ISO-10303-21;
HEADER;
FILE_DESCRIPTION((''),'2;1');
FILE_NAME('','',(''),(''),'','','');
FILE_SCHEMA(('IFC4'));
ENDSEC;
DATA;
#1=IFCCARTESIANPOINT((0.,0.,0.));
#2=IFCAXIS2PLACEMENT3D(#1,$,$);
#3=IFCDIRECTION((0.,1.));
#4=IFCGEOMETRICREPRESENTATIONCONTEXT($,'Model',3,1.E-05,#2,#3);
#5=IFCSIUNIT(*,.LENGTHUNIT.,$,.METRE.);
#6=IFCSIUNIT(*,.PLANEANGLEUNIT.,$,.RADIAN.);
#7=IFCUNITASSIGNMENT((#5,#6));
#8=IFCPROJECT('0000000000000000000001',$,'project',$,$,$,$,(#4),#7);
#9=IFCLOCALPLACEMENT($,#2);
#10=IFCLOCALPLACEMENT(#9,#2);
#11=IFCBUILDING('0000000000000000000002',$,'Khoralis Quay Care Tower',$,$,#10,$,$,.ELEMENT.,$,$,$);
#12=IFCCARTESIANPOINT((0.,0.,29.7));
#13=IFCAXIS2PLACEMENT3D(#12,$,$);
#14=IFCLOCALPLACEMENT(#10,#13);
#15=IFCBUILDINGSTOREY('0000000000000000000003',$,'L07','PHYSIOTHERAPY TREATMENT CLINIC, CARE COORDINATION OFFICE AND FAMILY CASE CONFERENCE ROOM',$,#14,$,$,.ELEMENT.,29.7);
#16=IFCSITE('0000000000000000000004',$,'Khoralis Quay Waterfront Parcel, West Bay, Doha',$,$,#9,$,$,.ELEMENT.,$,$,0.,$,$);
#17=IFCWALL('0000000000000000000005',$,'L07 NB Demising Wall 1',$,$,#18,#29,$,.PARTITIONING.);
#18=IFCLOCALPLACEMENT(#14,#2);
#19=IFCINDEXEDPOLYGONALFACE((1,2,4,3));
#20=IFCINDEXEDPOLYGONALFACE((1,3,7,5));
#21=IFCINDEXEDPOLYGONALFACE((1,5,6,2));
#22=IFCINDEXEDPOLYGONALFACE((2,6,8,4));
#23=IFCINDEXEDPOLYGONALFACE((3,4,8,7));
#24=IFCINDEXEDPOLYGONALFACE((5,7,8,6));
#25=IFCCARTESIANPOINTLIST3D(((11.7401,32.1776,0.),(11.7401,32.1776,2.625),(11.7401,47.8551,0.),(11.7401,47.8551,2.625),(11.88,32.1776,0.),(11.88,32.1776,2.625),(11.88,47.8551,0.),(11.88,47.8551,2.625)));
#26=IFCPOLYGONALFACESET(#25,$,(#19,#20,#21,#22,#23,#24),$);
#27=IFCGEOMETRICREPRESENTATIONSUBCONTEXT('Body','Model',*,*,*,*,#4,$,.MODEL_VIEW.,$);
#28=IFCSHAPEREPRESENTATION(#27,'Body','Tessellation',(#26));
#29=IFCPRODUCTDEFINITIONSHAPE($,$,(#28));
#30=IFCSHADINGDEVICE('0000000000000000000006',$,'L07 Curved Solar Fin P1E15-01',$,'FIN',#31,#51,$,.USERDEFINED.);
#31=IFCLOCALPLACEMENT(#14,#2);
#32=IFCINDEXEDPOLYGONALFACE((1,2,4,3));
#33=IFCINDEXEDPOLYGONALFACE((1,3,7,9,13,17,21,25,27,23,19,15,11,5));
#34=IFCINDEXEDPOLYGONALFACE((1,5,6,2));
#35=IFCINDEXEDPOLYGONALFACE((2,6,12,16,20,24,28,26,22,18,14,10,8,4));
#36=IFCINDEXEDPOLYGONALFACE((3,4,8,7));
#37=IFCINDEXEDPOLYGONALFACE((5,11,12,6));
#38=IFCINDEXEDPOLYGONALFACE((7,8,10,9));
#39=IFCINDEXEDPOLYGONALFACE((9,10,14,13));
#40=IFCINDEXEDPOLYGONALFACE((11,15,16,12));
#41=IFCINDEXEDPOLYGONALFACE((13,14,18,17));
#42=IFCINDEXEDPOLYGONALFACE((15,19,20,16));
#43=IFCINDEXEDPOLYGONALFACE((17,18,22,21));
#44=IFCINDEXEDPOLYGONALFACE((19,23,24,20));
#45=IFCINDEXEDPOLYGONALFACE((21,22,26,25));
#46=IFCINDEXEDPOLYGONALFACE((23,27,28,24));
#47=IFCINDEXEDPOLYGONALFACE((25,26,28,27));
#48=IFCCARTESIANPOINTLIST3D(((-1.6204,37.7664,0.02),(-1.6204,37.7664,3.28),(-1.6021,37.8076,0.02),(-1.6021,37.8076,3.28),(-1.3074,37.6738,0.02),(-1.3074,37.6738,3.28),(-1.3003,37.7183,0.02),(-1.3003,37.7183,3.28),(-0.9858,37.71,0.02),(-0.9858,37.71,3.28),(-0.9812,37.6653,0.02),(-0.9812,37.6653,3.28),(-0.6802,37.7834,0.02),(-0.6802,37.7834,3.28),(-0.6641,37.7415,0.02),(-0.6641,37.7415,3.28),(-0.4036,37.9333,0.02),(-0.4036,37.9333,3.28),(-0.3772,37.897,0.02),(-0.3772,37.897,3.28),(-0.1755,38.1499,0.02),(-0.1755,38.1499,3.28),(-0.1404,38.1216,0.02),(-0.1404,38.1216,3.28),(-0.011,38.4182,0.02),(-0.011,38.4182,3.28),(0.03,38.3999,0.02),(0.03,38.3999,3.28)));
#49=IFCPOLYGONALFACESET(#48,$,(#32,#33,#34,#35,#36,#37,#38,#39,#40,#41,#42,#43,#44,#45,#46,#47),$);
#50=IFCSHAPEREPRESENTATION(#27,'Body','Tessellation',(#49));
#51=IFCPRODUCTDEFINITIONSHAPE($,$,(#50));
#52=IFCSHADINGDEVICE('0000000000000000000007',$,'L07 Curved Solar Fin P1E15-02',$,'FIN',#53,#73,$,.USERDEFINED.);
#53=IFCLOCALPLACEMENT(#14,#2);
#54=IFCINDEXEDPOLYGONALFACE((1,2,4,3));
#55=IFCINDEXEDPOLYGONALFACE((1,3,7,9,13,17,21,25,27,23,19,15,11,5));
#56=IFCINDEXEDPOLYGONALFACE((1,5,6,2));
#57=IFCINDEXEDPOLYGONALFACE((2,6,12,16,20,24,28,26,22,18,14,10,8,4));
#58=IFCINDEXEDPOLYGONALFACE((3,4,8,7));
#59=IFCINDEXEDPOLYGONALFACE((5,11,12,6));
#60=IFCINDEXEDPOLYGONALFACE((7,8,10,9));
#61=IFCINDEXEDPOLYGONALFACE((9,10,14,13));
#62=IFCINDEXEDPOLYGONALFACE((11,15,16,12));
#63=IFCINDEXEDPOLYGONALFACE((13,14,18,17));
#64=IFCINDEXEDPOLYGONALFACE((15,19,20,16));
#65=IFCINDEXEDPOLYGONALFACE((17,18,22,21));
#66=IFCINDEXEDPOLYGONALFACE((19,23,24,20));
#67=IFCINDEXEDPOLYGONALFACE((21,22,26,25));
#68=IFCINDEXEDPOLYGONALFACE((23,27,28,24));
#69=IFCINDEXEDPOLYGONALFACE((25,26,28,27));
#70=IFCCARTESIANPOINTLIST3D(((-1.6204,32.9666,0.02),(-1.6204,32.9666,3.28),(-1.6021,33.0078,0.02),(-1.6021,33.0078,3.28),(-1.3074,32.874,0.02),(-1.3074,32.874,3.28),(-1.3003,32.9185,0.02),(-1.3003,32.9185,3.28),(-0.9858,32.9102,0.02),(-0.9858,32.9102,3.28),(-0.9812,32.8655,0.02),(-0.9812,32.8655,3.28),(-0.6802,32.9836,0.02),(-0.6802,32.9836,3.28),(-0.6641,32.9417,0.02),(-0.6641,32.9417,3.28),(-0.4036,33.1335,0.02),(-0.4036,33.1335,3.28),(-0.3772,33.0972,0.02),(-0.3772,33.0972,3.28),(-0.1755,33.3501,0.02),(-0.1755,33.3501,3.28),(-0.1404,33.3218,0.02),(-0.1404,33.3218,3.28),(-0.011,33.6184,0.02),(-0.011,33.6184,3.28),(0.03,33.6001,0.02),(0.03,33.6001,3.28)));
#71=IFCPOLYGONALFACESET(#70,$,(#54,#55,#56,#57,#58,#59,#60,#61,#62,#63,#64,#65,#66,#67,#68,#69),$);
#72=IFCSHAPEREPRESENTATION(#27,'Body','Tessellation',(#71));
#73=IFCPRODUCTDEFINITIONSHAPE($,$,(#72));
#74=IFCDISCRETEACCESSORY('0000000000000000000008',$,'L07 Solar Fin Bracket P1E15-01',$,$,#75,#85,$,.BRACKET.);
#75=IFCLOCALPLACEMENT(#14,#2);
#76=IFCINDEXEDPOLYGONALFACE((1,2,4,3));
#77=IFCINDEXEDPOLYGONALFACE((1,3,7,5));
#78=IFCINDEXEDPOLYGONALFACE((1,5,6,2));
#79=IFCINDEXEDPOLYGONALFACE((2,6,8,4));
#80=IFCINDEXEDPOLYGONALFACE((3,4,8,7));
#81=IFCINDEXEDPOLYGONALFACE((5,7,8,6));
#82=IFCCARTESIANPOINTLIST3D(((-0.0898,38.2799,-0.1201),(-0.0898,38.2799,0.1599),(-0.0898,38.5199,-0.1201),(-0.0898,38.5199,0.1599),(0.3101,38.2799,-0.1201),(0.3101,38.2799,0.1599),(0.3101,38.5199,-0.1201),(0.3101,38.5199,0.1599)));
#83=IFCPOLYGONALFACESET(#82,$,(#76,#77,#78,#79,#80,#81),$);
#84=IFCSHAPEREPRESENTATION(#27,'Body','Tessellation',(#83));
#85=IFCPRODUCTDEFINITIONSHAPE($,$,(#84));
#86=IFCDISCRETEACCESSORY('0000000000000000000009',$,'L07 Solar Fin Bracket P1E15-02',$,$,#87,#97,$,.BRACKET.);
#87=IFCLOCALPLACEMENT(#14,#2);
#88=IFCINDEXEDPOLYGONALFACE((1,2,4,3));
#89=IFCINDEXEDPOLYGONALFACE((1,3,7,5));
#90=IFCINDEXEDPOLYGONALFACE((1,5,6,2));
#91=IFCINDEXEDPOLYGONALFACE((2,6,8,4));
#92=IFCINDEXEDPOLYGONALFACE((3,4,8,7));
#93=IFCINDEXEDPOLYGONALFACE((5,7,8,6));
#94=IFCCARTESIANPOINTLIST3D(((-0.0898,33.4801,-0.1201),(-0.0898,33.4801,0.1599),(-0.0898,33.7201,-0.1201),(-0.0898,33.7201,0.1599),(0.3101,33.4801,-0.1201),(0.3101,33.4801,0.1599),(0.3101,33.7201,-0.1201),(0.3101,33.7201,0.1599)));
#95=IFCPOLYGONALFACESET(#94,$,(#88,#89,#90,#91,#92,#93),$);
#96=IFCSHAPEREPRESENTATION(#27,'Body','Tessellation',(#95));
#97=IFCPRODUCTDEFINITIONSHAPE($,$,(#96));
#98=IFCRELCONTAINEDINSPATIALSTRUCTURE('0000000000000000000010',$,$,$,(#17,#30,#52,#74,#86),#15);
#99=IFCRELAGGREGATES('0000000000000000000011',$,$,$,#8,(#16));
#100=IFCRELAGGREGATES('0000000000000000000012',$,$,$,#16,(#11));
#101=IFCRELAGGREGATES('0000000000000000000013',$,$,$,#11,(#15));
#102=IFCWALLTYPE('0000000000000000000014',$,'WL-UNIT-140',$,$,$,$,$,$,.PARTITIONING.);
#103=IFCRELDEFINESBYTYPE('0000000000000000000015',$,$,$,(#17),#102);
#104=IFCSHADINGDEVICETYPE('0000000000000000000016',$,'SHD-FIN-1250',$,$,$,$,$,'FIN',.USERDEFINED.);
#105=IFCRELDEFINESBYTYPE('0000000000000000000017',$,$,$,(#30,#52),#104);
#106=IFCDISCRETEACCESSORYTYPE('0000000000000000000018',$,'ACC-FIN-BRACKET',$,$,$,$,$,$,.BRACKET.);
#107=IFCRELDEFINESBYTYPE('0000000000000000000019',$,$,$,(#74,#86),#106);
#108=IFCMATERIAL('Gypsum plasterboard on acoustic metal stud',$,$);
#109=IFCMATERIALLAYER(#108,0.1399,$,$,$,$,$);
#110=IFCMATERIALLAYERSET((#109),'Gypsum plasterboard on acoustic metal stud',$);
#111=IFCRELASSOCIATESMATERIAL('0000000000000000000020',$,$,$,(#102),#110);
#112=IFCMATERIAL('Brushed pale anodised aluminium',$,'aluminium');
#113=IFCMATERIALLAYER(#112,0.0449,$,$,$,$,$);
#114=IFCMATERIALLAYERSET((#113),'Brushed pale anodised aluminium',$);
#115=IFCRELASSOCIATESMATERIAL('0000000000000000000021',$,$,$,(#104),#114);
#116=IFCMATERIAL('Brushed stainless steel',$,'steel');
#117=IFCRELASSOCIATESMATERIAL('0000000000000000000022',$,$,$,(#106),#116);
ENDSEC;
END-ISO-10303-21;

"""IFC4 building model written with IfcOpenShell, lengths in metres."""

from ifc_helpers import new_model, si_unit, direction, frame, frame_2d, origin, origin_2d, place, context, subcontext, project, spatial, polyline, rectangle, outline, extrude, source, transform, mapped, material, layer, layer_set, type_object, element, save


model = new_model("IFC4")

# Units and contexts
model_context = context("Model", 3, precision=1e-05, world=origin(), true_north=direction((0.0, 1.0)))
body_context = subcontext(model_context, "Body", "Model", "MODEL_VIEW")
ifc_project = project(units=[si_unit("LENGTHUNIT", "METRE"), si_unit("PLANEANGLEUNIT", "RADIAN")], contexts=[model_context])

# Site, building, storey
site_placement = place(None, origin())
site = spatial("IfcSite", under=ifc_project, at=site_placement, Name="Khoralis Quay Waterfront Parcel, West Bay, Doha", CompositionType="ELEMENT", RefElevation=0.0)
building_placement = place(site_placement, origin())
building = spatial("IfcBuilding", under=site, at=building_placement, Name="Khoralis Quay Care Tower", CompositionType="ELEMENT")
storey_placement = place(building_placement, frame((0.0, 0.0, 29.7)))
storey = spatial("IfcBuildingStorey", under=building, at=storey_placement, Name="L07", Description="PHYSIOTHERAPY TREATMENT CLINIC, CARE COORDINATION OFFICE AND FAMILY CASE CONFERENCE ROOM", CompositionType="ELEMENT", Elevation=29.7)

# Shared definitions
ifc_material_1 = material(Name="Gypsum plasterboard on acoustic metal stud")

# Wall
ifc_layer_1 = layer(ifc_material_1, 0.1399)
ifc_layer_set_1 = layer_set([ifc_layer_1], Name="Gypsum plasterboard on acoustic metal stud")
wall_type_1 = type_object("IfcWallType", Name="WL-UNIT-140", PredefinedType="PARTITIONING", material=ifc_layer_set_1)
wall_1_placement = place(storey_placement, frame((11.8101, 32.1775, 0.0), z_axis=(0.0, 0.0, 1.0), x_axis=(0.0, 1.0, 0.0)))
element("IfcWall", 1, at=wall_1_placement, inside=storey, type_object=wall_type_1, Name="L07 NB Demising Wall 1", PredefinedType="PARTITIONING", context=body_context, shape_type="SweptSolid", body=[
    extrude(rectangle(XDim=15.6775, YDim=0.1399, at=frame_2d((7.8389, 0.0))), origin(), (0.0, 0.0, 1.0), 2.625),
])

# Shading devices
ifc_material_2 = material(Name="Brushed pale anodised aluminium", Category="aluminium")
ifc_layer_2 = layer(ifc_material_2, 0.0449)
ifc_layer_set_2 = layer_set([ifc_layer_2], Name="Brushed pale anodised aluminium")
shading_device_type = type_object("IfcShadingDeviceType", Name="SHD-FIN-1250", ElementType="FIN", PredefinedType="USERDEFINED", material=ifc_layer_set_2)
shared_shape_1 = source(origin(), body_context, "Body", "SweptSolid", [
    extrude(outline(polyline([(0.0, 0.0), (0.1704, 0.2783), (0.4072, 0.5029), (0.6941, 0.6584), (1.0112, 0.7346), (1.3374, 0.7261), (1.6504, 0.6335), (1.6321, 0.5923), (1.3303, 0.6816), (1.0159, 0.6899), (0.7102, 0.6165), (0.4336, 0.4666), (0.2056, 0.25), (0.041, -0.0183), (0.0, 0.0)])), origin(), (0.0, 0.0, 1.0), 3.26),
])
for number, where, z_axis, x_axis, name in (
    (2, (0.03, 38.3999, 0.02), (0.0, 0.0, 1.0), (-1.0, 0.0, 0.0), "L07 Curved Solar Fin P1E15-01"),
    (3, (0.03, 33.6001, 0.02), (0.0, 0.0, 1.0), (-1.0, 0.0, 0.0), "L07 Curved Solar Fin P1E15-02"),
):
    element("IfcShadingDevice", number, at=place(storey_placement, frame(where, z_axis=z_axis, x_axis=x_axis)), inside=storey, type_object=shading_device_type, Name=name, ObjectType="FIN", PredefinedType="USERDEFINED", context=body_context, shape_type="MappedRepresentation", body=[
        mapped(shared_shape_1, transform((0.0, 0.0, 0.0), scale=1.0)),
    ])

# Discrete accessories
ifc_material_3 = material(Name="Brushed stainless steel", Category="steel")
discrete_accessory_type = type_object("IfcDiscreteAccessoryType", Name="ACC-FIN-BRACKET", PredefinedType="BRACKET", material=ifc_material_3)
shared_shape_2 = source(origin(), body_context, "Body", "SweptSolid", [
    extrude(rectangle(XDim=0.3999, YDim=0.24, at=origin_2d()), origin(), (0.0, 0.0, 1.0), 0.28),
])
for number, where, z_axis, x_axis, name in (
    (4, (0.1101, 38.3999, -0.1201), (0.0, 0.0, 1.0), (-1.0, 0.0, 0.0), "L07 Solar Fin Bracket P1E15-01"),
    (5, (0.1101, 33.6001, -0.1201), (0.0, 0.0, 1.0), (-1.0, 0.0, 0.0), "L07 Solar Fin Bracket P1E15-02"),
):
    element("IfcDiscreteAccessory", number, at=place(storey_placement, frame(where, z_axis=z_axis, x_axis=x_axis)), inside=storey, type_object=discrete_accessory_type, Name=name, PredefinedType="BRACKET", context=body_context, shape_type="MappedRepresentation", body=[
        mapped(shared_shape_2, transform((0.0, 0.0, 0.0), scale=1.0)),
    ])

save(model, "model.ifc")
